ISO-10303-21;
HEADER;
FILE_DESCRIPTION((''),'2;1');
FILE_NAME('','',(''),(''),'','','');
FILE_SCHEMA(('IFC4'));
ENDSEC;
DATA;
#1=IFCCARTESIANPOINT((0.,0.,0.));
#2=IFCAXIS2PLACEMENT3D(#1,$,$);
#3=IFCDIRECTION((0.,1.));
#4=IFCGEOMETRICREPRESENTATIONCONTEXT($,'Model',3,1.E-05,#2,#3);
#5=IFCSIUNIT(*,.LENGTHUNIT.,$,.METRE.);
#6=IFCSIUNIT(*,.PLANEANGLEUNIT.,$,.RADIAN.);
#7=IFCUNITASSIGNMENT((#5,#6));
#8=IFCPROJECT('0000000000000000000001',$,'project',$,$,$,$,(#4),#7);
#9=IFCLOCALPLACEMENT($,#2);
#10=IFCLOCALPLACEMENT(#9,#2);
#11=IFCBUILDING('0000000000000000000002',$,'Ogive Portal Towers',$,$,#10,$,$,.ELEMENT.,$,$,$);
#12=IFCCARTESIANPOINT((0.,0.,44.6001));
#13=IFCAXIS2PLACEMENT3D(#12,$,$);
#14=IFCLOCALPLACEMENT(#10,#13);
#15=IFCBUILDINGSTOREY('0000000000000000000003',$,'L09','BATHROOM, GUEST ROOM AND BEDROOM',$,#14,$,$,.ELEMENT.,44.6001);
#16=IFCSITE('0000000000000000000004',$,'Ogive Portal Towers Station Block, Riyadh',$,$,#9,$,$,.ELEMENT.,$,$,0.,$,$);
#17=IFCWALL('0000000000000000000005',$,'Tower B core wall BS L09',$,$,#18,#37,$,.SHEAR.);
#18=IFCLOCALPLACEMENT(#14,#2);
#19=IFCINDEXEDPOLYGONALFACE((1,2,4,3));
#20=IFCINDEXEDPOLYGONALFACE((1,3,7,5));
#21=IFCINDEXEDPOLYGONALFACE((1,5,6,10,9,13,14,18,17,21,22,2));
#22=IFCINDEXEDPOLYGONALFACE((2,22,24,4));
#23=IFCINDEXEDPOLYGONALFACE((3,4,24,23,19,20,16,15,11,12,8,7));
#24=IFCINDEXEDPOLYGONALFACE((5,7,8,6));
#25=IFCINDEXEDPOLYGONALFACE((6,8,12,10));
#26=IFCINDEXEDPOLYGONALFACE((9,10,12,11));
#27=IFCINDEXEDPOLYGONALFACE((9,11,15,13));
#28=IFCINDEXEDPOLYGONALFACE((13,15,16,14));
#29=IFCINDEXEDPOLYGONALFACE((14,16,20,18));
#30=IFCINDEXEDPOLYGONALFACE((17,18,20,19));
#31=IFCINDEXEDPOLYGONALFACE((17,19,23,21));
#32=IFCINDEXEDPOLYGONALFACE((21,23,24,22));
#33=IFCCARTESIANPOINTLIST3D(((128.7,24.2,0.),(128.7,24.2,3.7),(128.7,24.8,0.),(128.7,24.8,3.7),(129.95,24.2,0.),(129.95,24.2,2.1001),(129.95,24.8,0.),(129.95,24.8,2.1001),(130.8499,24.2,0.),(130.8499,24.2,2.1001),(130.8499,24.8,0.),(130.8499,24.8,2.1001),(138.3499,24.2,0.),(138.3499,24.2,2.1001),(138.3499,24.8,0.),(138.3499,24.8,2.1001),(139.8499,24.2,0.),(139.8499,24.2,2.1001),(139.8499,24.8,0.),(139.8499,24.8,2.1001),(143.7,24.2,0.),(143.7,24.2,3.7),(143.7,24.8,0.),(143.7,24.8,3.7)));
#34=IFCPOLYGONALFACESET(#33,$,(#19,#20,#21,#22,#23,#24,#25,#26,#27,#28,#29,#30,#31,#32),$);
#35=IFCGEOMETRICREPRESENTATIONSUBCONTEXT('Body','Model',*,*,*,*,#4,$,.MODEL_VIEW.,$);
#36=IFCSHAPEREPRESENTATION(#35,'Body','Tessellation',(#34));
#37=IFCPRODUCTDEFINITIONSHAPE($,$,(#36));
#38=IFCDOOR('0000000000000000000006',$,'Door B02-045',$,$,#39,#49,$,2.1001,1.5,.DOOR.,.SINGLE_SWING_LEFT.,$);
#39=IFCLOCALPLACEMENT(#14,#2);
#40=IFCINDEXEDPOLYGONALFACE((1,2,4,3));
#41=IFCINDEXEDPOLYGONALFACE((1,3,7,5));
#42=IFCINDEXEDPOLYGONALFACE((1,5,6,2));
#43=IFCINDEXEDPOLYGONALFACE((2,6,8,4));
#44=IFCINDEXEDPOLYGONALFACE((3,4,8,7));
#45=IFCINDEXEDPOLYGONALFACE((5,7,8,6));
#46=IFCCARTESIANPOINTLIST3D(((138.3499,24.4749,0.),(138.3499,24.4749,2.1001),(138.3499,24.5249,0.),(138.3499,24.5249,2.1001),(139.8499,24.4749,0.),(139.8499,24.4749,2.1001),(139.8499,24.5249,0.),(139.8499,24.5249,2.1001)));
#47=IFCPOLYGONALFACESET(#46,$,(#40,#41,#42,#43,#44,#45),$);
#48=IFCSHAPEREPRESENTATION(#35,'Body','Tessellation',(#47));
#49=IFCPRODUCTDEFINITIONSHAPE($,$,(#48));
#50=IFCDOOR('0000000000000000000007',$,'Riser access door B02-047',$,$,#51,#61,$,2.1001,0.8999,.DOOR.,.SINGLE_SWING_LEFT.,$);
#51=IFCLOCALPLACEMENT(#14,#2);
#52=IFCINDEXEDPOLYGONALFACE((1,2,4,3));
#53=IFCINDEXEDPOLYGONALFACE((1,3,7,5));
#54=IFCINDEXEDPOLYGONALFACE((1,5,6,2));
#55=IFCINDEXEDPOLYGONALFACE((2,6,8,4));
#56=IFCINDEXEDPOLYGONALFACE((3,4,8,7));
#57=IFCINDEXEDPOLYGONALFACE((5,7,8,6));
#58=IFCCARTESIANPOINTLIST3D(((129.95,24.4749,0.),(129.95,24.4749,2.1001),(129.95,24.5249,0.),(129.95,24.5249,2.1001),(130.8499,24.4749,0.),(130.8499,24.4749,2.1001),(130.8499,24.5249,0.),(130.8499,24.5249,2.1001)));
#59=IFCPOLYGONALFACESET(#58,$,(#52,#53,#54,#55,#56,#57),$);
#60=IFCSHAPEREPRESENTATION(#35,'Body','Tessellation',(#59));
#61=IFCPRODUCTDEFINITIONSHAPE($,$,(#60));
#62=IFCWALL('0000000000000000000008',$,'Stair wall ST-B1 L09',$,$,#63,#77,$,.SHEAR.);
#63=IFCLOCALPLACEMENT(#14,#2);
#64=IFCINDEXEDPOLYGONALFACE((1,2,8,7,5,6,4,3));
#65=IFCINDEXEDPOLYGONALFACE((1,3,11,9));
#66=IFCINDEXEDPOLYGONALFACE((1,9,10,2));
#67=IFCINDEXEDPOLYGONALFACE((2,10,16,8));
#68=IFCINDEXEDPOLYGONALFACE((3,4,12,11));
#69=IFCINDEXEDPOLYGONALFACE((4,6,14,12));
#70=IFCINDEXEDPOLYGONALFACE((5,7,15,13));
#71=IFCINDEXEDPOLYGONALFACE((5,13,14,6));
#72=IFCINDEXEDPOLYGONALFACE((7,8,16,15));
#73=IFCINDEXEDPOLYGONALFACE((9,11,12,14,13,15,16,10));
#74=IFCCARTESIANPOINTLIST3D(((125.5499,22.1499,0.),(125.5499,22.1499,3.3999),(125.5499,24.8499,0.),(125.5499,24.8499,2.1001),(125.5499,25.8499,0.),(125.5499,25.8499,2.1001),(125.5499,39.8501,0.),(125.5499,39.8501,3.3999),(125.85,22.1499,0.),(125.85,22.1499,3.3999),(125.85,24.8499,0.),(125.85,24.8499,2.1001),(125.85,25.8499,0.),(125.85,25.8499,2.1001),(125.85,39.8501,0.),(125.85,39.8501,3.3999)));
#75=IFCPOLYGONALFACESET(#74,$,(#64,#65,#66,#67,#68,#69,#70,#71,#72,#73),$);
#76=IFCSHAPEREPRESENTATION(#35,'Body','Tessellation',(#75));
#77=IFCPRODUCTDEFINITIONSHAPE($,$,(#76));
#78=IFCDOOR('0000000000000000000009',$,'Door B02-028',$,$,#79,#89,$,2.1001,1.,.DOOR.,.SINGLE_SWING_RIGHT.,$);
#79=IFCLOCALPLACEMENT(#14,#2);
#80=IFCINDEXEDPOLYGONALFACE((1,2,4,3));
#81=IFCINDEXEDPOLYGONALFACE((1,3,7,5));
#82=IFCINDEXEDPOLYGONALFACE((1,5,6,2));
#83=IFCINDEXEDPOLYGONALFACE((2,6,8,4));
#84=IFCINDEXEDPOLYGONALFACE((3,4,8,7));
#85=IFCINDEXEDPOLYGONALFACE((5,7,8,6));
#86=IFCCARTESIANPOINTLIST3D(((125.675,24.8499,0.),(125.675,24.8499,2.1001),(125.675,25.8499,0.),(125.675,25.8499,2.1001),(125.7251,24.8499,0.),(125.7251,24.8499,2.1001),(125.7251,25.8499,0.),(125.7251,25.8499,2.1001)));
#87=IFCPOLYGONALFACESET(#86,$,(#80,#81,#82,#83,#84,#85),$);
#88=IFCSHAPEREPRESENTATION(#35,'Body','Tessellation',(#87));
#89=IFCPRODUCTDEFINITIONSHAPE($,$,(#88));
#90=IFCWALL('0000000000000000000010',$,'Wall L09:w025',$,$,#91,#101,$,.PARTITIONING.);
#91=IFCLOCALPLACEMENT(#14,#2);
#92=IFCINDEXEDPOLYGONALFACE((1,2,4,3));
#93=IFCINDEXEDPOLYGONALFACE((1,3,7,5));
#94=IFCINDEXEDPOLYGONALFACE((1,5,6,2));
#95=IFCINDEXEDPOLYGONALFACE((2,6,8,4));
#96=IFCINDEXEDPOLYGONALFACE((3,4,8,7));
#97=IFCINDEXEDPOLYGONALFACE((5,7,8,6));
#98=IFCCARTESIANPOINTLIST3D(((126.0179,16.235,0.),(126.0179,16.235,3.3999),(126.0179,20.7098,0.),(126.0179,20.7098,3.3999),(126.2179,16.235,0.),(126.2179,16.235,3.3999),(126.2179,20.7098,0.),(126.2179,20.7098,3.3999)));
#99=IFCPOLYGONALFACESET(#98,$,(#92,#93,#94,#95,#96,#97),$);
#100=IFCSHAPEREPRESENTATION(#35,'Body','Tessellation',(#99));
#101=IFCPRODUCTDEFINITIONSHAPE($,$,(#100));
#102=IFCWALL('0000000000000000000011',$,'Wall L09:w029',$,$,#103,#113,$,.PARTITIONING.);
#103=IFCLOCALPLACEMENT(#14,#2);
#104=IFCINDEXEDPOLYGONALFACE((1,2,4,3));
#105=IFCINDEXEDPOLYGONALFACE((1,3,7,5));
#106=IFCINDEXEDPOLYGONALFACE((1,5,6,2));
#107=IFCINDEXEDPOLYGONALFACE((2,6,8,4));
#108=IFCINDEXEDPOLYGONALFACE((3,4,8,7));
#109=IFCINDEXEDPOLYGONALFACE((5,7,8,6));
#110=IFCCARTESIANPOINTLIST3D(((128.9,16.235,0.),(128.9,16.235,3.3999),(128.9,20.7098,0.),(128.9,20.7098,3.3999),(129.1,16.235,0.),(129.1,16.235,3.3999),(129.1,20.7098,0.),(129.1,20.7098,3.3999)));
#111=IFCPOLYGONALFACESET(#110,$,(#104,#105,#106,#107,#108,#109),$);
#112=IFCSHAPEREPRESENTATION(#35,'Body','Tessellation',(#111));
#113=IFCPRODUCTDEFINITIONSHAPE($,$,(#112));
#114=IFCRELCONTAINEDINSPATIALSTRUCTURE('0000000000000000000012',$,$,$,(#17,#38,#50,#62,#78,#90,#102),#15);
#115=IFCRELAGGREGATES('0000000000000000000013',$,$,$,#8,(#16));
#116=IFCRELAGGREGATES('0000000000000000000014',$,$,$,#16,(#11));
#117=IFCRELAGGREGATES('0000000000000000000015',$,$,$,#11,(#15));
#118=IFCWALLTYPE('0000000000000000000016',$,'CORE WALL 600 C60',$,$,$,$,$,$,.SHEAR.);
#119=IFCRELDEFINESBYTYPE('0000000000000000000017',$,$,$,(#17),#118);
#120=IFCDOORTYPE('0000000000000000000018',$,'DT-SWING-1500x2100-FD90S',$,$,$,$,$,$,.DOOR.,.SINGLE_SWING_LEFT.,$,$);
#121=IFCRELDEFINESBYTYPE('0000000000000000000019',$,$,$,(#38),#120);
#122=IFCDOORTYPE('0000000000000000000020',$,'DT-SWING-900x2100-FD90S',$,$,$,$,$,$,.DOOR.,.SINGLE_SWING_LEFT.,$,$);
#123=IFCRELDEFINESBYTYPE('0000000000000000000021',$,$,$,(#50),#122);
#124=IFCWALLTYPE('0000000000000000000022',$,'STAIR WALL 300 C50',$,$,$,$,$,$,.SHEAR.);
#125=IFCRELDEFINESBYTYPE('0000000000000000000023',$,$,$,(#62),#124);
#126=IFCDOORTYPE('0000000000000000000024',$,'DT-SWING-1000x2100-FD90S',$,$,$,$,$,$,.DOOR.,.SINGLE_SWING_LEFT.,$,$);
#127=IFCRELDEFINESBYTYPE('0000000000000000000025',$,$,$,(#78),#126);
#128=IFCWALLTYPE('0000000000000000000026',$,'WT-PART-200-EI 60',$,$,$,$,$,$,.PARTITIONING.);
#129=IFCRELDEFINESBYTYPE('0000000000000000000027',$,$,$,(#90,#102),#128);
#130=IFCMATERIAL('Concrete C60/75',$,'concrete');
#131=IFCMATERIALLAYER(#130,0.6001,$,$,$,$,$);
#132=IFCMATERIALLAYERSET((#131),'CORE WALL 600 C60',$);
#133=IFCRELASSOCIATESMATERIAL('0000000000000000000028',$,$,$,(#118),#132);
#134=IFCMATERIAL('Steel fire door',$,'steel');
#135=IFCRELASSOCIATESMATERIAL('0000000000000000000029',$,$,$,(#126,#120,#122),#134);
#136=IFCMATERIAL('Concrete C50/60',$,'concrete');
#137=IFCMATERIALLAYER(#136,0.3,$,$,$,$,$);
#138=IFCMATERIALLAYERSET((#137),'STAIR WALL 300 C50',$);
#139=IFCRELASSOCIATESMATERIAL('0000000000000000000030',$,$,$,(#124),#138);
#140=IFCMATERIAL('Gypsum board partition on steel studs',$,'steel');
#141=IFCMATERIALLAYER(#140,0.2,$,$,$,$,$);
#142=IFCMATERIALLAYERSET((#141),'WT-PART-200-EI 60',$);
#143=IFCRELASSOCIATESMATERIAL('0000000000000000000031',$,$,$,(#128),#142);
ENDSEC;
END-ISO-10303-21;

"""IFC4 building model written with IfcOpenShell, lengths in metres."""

from ifc_helpers import new_model, si_unit, direction, frame, frame_2d, origin, place, context, subcontext, project, spatial, rectangle, extrude, material, layer, layer_set, type_object, element, fill, save


model = new_model("IFC4")

# Units and contexts
model_context = context("Model", 3, precision=1e-05, world=origin(), true_north=direction((0.0, 1.0)))
body_context = subcontext(model_context, "Body", "Model", "MODEL_VIEW")
ifc_project = project(units=[si_unit("LENGTHUNIT", "METRE"), si_unit("PLANEANGLEUNIT", "RADIAN")], contexts=[model_context])

# Site, building, storey
site_placement = place(None, origin())
site = spatial("IfcSite", under=ifc_project, at=site_placement, Name="Ogive Portal Towers Station Block, Riyadh", CompositionType="ELEMENT", RefElevation=0.0)
building_placement = place(site_placement, origin())
building = spatial("IfcBuilding", under=site, at=building_placement, Name="Ogive Portal Towers", CompositionType="ELEMENT")
storey_placement = place(building_placement, frame((0.0, 0.0, 44.6001)))
storey = spatial("IfcBuildingStorey", under=building, at=storey_placement, Name="L09", Description="BATHROOM, GUEST ROOM AND BEDROOM", CompositionType="ELEMENT", Elevation=44.6001)

# Shared definitions
ifc_material_1 = material(Name="Concrete C60/75", Category="concrete")

# Shared definitions
ifc_material_2 = material(Name="Concrete C50/60", Category="concrete")

# Shared definitions
ifc_material_3 = material(Name="Steel fire door", Category="steel")
ifc_layer_1 = layer(ifc_material_1, 0.6001)
ifc_layer_set_1 = layer_set([ifc_layer_1], Name="CORE WALL 600 C60")
wall_type_1 = type_object("IfcWallType", Name="CORE WALL 600 C60", PredefinedType="SHEAR", material=ifc_layer_set_1)
door_type_1 = type_object("IfcDoorType", Name="DT-SWING-1000x2100-FD90S", OperationType="SINGLE_SWING_LEFT", PredefinedType="DOOR", material=ifc_material_3)

# Wall, openings, doors
wall_1_placement = place(storey_placement, frame((128.7, 24.5, 0.0), z_axis=(0.0, 0.0, 1.0), x_axis=(1.0, 0.0, 0.0)))
wall_1 = element("IfcWall", 1, at=wall_1_placement, inside=storey, type_object=wall_type_1, Name="Tower B core wall BS L09", PredefinedType="SHEAR", context=body_context, shape_type="SweptSolid", body=[
    extrude(rectangle(XDim=15.0, YDim=0.6001, at=frame_2d((7.5, 0.0))), origin(), (0.0, 0.0, 1.0), 3.7),
])
opening_1_placement = place(wall_1_placement, frame((9.6499, 0.0, 0.0)))
opening_1 = element("IfcOpeningElement", 2, at=opening_1_placement, cuts=wall_1, PredefinedType="OPENING", context=body_context, shape_type="SweptSolid", body=[
    extrude(rectangle(XDim=1.5, YDim=2.1001, at=frame_2d((0.75, 1.05))), frame((0.0, 0.3101, 0.0), z_axis=(0.0, -1.0, 0.0), x_axis=(1.0, 0.0, 0.0)), (0.0, 0.0, 1.0), 0.6201),
])
opening_2_placement = place(wall_1_placement, frame((1.25, 0.0, 0.0)))
opening_2 = element("IfcOpeningElement", 3, at=opening_2_placement, cuts=wall_1, PredefinedType="OPENING", context=body_context, shape_type="SweptSolid", body=[
    extrude(rectangle(XDim=0.8999, YDim=2.1001, at=frame_2d((0.45, 1.05))), frame((0.0, 0.3101, 0.0), z_axis=(0.0, -1.0, 0.0), x_axis=(1.0, 0.0, 0.0)), (0.0, 0.0, 1.0), 0.6201),
])
door_type_2 = type_object("IfcDoorType", Name="DT-SWING-1500x2100-FD90S", OperationType="SINGLE_SWING_LEFT", PredefinedType="DOOR", material=ifc_material_3)
door_1_placement = place(opening_1_placement, origin())
door_1 = element("IfcDoor", 4, at=door_1_placement, inside=storey, type_object=door_type_2, Name="Door B02-045", OperationType="SINGLE_SWING_LEFT", OverallHeight=2.1001, OverallWidth=1.5, PredefinedType="DOOR", context=body_context, shape_type="SweptSolid", body=[
    extrude(rectangle(XDim=1.5, YDim=2.1001, at=frame_2d((0.75, 1.05))), frame((0.0, 0.0249, 0.0), z_axis=(0.0, -1.0, 0.0), x_axis=(1.0, 0.0, 0.0)), (0.0, 0.0, 1.0), 0.05),
])
fill(opening_1, door_1)
door_type_3 = type_object("IfcDoorType", Name="DT-SWING-900x2100-FD90S", OperationType="SINGLE_SWING_LEFT", PredefinedType="DOOR", material=ifc_material_3)
door_2_placement = place(opening_2_placement, origin())
door_2 = element("IfcDoor", 5, at=door_2_placement, inside=storey, type_object=door_type_3, Name="Riser access door B02-047", OperationType="SINGLE_SWING_LEFT", OverallHeight=2.1001, OverallWidth=0.8999, PredefinedType="DOOR", context=body_context, shape_type="SweptSolid", body=[
    extrude(rectangle(XDim=0.8999, YDim=2.1001, at=frame_2d((0.45, 1.05))), frame((0.0, 0.0249, 0.0), z_axis=(0.0, -1.0, 0.0), x_axis=(1.0, 0.0, 0.0)), (0.0, 0.0, 1.0), 0.05),
])
fill(opening_2, door_2)

# Wall, opening, door
ifc_layer_2 = layer(ifc_material_2, 0.3)
ifc_layer_set_2 = layer_set([ifc_layer_2], Name="STAIR WALL 300 C50")
wall_type_2 = type_object("IfcWallType", Name="STAIR WALL 300 C50", PredefinedType="SHEAR", material=ifc_layer_set_2)
wall_2_placement = place(storey_placement, frame((125.7, 22.1499, 0.0), z_axis=(0.0, 0.0, 1.0), x_axis=(0.0, 1.0, 0.0)))
wall_2 = element("IfcWall", 6, at=wall_2_placement, inside=storey, type_object=wall_type_2, Name="Stair wall ST-B1 L09", PredefinedType="SHEAR", context=body_context, shape_type="SweptSolid", body=[
    extrude(rectangle(XDim=17.7002, YDim=0.3, at=frame_2d((8.8501, 0.0))), origin(), (0.0, 0.0, 1.0), 3.3999),
])
opening_3_placement = place(wall_2_placement, frame((2.7, 0.0, 0.0)))
opening_3 = element("IfcOpeningElement", 7, at=opening_3_placement, cuts=wall_2, PredefinedType="OPENING", context=body_context, shape_type="SweptSolid", body=[
    extrude(rectangle(XDim=1.0, YDim=2.1001, at=frame_2d((0.5, 1.05))), frame((0.0, 0.1602, 0.0), z_axis=(0.0, -1.0, 0.0), x_axis=(1.0, 0.0, 0.0)), (0.0, 0.0, 1.0), 0.3201),
])
door_3_placement = place(opening_3_placement, origin())
door_3 = element("IfcDoor", 8, at=door_3_placement, inside=storey, type_object=door_type_1, Name="Door B02-028", OperationType="SINGLE_SWING_RIGHT", OverallHeight=2.1001, OverallWidth=1.0, PredefinedType="DOOR", context=body_context, shape_type="SweptSolid", body=[
    extrude(rectangle(XDim=1.0, YDim=2.1001, at=frame_2d((0.5, 1.05))), frame((0.0, 0.0249, 0.0), z_axis=(0.0, -1.0, 0.0), x_axis=(1.0, 0.0, 0.0)), (0.0, 0.0, 1.0), 0.05),
])
fill(opening_3, door_3)

# Walls
ifc_material_4 = material(Name="Gypsum board partition on steel studs", Category="steel")
ifc_layer_3 = layer(ifc_material_4, 0.2)
ifc_layer_set_3 = layer_set([ifc_layer_3], Name="WT-PART-200-EI 60")
wall_type_3 = type_object("IfcWallType", Name="WT-PART-200-EI 60", PredefinedType="PARTITIONING", material=ifc_layer_set_3)
for number, where, z_axis, x_axis, name in (
    (9, (126.1179, 16.2351, 0.0), (0.0, 0.0, 1.0), (0.0, 1.0, 0.0), "Wall L09:w025"),
    (10, (129.0, 16.2351, 0.0), (0.0, 0.0, 1.0), (0.0, 1.0, 0.0), "Wall L09:w029"),
):
    element("IfcWall", number, at=place(storey_placement, frame(where, z_axis=z_axis, x_axis=x_axis)), inside=storey, type_object=wall_type_3, Name=name, PredefinedType="PARTITIONING", context=body_context, shape_type="SweptSolid", body=[
        extrude(rectangle(XDim=4.4749, YDim=0.2, at=frame_2d((2.2373, 0.0))), origin(), (0.0, 0.0, 1.0), 3.3999),
    ])

save(model, "model.ifc")
